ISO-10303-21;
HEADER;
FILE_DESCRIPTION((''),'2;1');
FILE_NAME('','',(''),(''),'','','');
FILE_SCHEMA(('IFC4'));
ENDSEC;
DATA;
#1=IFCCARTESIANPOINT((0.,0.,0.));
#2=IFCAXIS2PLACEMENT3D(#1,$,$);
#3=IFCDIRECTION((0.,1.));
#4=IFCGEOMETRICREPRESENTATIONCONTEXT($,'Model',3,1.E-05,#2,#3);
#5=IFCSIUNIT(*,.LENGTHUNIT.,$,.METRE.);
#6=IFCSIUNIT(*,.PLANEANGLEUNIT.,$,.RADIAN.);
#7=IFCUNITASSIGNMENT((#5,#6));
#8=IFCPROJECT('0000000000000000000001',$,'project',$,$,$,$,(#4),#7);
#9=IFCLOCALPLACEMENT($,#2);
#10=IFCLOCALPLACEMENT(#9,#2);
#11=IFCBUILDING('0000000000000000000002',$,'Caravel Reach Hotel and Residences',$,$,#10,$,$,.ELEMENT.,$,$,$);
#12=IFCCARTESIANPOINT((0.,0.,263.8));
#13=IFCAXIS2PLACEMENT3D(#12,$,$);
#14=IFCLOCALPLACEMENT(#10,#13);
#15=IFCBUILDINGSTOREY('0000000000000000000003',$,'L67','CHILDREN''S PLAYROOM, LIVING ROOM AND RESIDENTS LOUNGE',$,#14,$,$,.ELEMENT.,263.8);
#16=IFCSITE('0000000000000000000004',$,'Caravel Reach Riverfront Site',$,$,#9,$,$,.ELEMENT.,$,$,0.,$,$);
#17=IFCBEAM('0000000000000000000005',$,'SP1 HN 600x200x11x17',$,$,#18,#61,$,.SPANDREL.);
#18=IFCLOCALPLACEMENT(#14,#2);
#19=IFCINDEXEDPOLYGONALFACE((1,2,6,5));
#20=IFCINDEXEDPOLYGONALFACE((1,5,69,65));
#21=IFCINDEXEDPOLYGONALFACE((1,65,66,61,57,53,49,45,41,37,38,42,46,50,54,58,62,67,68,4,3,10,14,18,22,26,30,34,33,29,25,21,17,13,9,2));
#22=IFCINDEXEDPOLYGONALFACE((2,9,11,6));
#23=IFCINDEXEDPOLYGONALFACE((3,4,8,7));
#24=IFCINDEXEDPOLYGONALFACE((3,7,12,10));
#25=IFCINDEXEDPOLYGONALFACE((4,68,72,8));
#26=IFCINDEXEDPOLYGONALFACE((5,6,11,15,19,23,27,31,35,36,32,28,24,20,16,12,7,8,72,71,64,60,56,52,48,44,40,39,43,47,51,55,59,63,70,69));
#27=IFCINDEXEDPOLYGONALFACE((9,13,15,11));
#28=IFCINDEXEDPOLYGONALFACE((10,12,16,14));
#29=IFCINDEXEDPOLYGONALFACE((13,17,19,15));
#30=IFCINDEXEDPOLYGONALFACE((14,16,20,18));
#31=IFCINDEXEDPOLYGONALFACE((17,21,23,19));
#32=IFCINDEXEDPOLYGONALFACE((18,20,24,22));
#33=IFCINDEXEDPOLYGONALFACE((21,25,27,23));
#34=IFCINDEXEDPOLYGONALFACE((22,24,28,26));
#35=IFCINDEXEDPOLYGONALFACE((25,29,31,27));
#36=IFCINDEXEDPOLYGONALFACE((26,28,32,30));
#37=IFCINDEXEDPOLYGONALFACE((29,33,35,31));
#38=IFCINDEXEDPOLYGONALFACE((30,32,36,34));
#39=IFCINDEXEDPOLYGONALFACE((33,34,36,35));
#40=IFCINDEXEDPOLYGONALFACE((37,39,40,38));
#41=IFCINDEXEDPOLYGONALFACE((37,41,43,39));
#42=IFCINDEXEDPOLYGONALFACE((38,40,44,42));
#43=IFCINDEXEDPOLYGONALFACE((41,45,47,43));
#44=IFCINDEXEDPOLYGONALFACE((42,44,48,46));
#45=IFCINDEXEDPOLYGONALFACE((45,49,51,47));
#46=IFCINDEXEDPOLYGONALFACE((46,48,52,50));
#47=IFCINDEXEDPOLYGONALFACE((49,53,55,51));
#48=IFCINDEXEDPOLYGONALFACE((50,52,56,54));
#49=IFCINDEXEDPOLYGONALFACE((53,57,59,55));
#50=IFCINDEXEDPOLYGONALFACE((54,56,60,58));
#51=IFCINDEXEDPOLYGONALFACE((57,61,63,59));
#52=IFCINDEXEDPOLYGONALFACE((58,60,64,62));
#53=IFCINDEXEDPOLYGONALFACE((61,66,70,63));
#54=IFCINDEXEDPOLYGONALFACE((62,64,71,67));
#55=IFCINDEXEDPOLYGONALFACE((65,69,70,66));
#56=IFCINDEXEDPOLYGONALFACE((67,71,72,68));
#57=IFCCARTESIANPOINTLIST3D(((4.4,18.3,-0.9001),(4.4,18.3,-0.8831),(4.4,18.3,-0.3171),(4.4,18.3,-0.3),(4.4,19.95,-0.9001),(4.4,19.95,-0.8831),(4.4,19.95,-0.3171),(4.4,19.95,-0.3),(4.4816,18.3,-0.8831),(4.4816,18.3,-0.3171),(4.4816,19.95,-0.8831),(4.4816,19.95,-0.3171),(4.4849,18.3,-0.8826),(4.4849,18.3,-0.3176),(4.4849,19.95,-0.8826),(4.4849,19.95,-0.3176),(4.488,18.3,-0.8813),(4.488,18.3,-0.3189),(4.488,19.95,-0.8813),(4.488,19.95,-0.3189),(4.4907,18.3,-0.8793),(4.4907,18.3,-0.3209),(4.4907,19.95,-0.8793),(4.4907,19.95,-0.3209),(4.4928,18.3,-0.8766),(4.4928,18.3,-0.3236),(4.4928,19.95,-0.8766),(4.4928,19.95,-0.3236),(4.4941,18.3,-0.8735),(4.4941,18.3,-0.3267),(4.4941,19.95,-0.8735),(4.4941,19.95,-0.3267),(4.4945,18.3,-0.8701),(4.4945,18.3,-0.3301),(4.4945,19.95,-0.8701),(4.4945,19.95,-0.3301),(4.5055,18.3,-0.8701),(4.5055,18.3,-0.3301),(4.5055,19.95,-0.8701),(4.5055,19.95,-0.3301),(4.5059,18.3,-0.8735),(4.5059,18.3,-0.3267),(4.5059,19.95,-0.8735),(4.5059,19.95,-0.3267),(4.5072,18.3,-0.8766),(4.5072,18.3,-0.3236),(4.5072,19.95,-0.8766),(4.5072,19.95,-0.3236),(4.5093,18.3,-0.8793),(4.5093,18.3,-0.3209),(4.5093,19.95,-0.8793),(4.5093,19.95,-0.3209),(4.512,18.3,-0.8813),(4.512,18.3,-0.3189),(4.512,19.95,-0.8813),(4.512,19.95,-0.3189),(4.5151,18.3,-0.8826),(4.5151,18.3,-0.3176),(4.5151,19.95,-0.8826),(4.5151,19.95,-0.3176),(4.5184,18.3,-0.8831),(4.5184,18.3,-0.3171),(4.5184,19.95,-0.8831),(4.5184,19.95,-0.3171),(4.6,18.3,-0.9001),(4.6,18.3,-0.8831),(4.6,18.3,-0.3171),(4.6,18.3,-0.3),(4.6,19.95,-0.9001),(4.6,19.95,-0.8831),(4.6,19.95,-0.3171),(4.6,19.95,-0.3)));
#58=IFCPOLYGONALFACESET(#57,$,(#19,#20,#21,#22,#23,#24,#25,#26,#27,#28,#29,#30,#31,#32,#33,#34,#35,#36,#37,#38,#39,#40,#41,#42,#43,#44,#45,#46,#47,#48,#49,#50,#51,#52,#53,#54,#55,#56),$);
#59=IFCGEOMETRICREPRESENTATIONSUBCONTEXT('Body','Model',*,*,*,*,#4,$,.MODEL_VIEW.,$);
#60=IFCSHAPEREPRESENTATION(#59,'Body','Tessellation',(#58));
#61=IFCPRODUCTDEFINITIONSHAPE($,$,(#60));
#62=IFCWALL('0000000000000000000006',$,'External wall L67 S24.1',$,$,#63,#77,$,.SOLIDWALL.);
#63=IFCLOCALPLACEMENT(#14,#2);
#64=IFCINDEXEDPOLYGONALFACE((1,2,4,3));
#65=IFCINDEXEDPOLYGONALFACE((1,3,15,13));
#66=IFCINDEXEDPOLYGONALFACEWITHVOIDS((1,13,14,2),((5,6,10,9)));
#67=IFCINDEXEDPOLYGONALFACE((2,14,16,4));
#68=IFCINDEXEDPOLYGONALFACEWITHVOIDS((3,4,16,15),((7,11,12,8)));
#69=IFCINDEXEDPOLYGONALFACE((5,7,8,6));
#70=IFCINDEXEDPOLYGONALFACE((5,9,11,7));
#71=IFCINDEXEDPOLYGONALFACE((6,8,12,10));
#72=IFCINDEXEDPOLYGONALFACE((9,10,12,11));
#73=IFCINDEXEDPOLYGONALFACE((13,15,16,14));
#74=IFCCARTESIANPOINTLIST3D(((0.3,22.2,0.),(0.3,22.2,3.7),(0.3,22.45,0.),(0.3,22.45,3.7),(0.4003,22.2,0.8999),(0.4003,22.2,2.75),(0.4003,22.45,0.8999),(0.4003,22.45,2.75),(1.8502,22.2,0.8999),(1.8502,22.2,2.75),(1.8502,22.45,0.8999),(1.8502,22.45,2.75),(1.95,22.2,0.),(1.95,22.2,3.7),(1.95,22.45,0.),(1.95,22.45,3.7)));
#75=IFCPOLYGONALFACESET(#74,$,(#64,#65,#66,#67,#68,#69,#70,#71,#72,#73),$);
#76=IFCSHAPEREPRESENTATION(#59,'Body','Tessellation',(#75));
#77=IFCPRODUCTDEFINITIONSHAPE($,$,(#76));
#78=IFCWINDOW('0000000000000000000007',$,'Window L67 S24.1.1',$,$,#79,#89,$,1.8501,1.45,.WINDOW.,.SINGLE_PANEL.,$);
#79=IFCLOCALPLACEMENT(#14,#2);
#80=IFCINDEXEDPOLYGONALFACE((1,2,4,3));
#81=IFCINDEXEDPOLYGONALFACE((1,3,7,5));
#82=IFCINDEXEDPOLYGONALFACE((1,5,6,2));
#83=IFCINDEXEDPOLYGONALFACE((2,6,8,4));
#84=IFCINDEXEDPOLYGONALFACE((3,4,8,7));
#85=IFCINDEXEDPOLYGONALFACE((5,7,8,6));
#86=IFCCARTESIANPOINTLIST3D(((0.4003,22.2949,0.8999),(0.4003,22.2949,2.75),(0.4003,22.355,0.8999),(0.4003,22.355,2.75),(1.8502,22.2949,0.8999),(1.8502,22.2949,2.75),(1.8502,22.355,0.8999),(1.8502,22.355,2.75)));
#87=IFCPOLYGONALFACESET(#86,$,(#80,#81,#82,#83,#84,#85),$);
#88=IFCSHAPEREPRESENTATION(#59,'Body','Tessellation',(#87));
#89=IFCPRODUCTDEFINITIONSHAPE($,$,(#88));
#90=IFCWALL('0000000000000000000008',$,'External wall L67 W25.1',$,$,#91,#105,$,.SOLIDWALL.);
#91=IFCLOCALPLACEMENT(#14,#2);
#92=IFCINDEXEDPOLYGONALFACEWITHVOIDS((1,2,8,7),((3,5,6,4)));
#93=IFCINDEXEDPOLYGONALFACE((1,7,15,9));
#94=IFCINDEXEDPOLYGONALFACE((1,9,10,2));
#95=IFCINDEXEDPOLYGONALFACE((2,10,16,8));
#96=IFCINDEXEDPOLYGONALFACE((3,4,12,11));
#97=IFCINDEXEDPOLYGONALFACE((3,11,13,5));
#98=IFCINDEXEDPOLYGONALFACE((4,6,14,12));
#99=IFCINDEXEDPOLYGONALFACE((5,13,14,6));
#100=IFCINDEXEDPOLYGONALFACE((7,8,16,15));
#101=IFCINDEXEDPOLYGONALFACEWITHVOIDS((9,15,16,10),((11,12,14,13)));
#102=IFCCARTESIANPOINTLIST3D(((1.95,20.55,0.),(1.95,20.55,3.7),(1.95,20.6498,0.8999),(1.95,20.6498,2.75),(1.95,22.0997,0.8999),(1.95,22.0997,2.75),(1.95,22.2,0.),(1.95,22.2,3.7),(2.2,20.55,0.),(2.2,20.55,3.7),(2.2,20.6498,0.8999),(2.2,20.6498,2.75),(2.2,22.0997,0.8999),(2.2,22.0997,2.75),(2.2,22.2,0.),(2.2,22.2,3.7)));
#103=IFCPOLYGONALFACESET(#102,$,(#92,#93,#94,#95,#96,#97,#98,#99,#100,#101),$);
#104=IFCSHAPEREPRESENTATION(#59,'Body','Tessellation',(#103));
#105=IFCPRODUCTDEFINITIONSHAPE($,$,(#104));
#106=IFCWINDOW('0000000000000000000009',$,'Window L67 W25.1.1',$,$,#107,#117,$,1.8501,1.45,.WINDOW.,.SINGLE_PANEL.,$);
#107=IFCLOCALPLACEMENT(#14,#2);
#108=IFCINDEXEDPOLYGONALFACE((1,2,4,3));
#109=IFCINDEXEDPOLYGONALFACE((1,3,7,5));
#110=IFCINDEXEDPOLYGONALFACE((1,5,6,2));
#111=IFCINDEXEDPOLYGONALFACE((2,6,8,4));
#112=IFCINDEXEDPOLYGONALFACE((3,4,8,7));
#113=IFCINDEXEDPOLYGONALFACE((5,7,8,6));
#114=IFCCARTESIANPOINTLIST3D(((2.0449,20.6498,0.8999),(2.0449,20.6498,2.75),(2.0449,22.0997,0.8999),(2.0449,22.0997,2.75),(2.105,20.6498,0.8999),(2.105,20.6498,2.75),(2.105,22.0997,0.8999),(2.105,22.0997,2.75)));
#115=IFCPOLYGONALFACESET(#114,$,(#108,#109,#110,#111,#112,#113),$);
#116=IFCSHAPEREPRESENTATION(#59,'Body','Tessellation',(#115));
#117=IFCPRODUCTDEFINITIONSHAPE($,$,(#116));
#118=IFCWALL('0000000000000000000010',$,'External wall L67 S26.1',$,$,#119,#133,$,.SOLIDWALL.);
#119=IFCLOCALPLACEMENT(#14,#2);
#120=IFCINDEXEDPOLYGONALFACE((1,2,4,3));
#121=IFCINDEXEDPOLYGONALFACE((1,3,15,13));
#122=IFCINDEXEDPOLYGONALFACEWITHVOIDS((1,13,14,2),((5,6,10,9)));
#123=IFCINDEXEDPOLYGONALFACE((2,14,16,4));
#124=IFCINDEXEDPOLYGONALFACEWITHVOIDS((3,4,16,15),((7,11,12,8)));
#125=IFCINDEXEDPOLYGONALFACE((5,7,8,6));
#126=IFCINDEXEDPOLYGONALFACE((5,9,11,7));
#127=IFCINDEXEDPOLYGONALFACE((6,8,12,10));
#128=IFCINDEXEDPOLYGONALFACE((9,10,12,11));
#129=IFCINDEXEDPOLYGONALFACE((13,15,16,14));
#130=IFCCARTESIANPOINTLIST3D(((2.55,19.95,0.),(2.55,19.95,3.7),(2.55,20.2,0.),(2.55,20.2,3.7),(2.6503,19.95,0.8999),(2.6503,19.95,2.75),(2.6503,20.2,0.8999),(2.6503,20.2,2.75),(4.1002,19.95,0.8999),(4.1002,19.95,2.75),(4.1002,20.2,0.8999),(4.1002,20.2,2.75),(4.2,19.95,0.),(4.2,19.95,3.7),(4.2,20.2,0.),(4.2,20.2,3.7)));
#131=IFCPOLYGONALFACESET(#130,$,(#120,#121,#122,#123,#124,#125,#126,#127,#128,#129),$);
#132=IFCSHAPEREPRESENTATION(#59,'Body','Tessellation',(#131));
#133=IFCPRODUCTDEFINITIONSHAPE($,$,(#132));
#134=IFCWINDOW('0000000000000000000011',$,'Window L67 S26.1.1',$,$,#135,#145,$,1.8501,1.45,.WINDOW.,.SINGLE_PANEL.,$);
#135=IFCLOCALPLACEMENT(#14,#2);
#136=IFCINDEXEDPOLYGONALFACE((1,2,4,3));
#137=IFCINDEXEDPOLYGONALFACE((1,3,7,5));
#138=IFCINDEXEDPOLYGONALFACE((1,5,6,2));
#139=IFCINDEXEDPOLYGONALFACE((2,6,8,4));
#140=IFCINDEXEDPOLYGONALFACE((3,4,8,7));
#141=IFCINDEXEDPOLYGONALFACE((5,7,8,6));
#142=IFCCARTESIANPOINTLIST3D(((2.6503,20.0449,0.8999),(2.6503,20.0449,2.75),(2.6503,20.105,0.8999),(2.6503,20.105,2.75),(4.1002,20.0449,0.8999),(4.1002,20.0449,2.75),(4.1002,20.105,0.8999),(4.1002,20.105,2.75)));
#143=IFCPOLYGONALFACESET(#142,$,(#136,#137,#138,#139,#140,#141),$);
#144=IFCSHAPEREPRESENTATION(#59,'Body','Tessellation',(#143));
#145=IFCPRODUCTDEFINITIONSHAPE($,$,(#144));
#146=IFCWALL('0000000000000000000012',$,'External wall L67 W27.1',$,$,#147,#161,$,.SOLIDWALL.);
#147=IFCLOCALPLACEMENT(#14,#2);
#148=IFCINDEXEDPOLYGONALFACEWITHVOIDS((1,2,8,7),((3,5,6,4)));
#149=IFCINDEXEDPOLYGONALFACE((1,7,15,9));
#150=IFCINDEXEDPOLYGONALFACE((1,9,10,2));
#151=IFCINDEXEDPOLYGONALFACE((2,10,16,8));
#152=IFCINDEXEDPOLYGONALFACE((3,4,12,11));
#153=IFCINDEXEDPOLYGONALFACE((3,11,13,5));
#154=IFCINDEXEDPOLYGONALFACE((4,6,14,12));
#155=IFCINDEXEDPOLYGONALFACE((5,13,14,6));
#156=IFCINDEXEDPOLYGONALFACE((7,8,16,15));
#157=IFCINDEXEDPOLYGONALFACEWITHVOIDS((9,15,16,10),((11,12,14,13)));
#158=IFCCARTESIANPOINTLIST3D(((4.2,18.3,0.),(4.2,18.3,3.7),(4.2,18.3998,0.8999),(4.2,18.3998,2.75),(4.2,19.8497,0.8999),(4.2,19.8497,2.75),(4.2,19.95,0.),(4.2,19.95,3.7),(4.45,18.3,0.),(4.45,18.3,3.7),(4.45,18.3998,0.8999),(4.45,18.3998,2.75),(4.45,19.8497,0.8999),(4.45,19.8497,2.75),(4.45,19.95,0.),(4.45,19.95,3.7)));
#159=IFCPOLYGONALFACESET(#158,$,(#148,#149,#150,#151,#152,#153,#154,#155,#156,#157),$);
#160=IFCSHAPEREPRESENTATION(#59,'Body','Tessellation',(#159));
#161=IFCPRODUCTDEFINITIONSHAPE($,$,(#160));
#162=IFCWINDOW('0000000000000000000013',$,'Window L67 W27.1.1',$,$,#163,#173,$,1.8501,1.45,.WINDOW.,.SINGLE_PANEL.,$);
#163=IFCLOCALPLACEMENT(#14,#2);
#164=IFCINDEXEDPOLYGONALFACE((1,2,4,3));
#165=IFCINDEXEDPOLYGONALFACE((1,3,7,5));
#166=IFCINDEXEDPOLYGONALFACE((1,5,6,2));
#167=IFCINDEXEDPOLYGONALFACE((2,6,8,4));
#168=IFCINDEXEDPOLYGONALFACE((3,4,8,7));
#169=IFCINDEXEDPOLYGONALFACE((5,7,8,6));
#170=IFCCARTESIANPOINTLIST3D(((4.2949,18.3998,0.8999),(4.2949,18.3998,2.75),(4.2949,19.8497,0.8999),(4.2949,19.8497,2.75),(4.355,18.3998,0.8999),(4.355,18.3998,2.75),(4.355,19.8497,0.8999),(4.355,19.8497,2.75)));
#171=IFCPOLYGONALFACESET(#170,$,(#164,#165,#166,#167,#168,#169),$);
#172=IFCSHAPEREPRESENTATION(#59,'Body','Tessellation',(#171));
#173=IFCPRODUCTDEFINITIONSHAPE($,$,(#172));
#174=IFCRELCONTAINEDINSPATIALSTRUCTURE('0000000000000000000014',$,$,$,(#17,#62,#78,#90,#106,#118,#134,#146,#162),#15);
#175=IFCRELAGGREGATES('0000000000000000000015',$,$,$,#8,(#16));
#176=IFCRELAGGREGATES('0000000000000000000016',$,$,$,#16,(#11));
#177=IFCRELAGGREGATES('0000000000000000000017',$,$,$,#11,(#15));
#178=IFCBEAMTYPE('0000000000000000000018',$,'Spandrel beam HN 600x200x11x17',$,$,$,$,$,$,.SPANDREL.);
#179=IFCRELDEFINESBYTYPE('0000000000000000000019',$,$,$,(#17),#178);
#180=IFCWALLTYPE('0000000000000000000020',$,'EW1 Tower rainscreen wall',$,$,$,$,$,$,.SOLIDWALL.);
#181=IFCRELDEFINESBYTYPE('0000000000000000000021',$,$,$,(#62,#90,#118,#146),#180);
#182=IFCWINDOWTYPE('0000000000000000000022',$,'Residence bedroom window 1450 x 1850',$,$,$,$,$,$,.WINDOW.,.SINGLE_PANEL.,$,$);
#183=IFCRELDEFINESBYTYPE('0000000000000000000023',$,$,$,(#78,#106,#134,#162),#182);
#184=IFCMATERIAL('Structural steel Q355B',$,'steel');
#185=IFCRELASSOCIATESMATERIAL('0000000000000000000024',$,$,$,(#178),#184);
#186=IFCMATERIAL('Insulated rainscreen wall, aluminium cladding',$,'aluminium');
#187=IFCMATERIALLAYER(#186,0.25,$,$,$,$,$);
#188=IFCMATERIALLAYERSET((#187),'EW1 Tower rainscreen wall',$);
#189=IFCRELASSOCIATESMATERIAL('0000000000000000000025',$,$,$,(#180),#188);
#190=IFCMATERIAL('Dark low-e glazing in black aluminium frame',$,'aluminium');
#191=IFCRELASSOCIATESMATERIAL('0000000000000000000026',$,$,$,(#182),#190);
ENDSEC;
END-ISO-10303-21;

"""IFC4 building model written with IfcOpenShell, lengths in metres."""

from ifc_helpers import new_model, si_unit, direction, frame, frame_2d, origin, origin_2d, place, context, subcontext, project, spatial, rectangle, i_section, extrude, material, layer, layer_set, material_profile, profile_set, type_object, element, fill, save


model = new_model("IFC4")

# Units and contexts
model_context = context("Model", 3, precision=1e-05, world=origin(), true_north=direction((0.0, 1.0)))
body_context = subcontext(model_context, "Body", "Model", "MODEL_VIEW")
ifc_project = project(units=[si_unit("LENGTHUNIT", "METRE"), si_unit("PLANEANGLEUNIT", "RADIAN")], contexts=[model_context])

# Site, building, storey
site_placement = place(None, origin())
site = spatial("IfcSite", under=ifc_project, at=site_placement, Name="Caravel Reach Riverfront Site", CompositionType="ELEMENT", RefElevation=0.0)
building_placement = place(site_placement, origin())
building = spatial("IfcBuilding", under=site, at=building_placement, Name="Caravel Reach Hotel and Residences", CompositionType="ELEMENT")
storey_placement = place(building_placement, frame((0.0, 0.0, 263.8)))
storey = spatial("IfcBuildingStorey", under=building, at=storey_placement, Name="L67", Description="CHILDREN'S PLAYROOM, LIVING ROOM AND RESIDENTS LOUNGE", CompositionType="ELEMENT", Elevation=263.8)

# Beam
ifc_material_1 = material(Name="Structural steel Q355B", Category="steel")
ifc_material_profile_1 = material_profile(ifc_material_1, i_section(OverallWidth=0.2, OverallDepth=0.6001, WebThickness=0.011, FlangeThickness=0.0171, FilletRadius=0.0129, at=origin_2d()), Name="HN 600x200x11x17")
ifc_profile_set_1 = profile_set([ifc_material_profile_1], Name="Structural steel Q355B")
beam_type = type_object("IfcBeamType", Name="Spandrel beam HN 600x200x11x17", PredefinedType="SPANDREL", material=ifc_profile_set_1)
for number, where, z_axis, x_axis, name in (
    (1, (4.5, 19.95, -0.6001), (0.0, -1.0, 0.0), (1.0, 0.0, 0.0), "SP1 HN 600x200x11x17"),
):
    element("IfcBeam", number, at=place(storey_placement, frame(where, z_axis=z_axis, x_axis=x_axis)), inside=storey, type_object=beam_type, Name=name, PredefinedType="SPANDREL", context=body_context, shape_type="SweptSolid", body=[
        extrude(i_section(OverallWidth=0.2, OverallDepth=0.6001, WebThickness=0.011, FlangeThickness=0.0171, FilletRadius=0.0129, at=origin_2d()), origin(), (0.0, 0.0, 1.0), 1.6499),
    ])

# Walls, openings, windows
ifc_material_2 = material(Name="Insulated rainscreen wall, aluminium cladding", Category="aluminium")
ifc_layer_1 = layer(ifc_material_2, 0.25)
ifc_layer_set_1 = layer_set([ifc_layer_1], Name="EW1 Tower rainscreen wall")
wall_type_1 = type_object("IfcWallType", Name="EW1 Tower rainscreen wall", PredefinedType="SOLIDWALL", material=ifc_layer_set_1)
wall_1_placement = place(storey_placement, frame((0.3, 22.325, 0.0), z_axis=(0.0, 0.0, 1.0), x_axis=(1.0, 0.0, 0.0)))
wall_1 = element("IfcWall", 2, at=wall_1_placement, inside=storey, type_object=wall_type_1, Name="External wall L67 S24.1", PredefinedType="SOLIDWALL", context=body_context, shape_type="SweptSolid", body=[
    extrude(rectangle(XDim=1.6499, YDim=0.25, at=frame_2d((0.825, 0.0))), origin(), (0.0, 0.0, 1.0), 3.7),
])
opening_1_placement = place(wall_1_placement, frame((0.1001, 0.0, 0.8999)))
opening_1 = element("IfcOpeningElement", 3, at=opening_1_placement, cuts=wall_1, PredefinedType="OPENING", context=body_context, shape_type="SweptSolid", body=[
    extrude(rectangle(XDim=1.45, YDim=1.8501, at=frame_2d((0.7251, 0.925))), frame((0.0, 0.135, 0.0), z_axis=(0.0, -1.0, 0.0), x_axis=(1.0, 0.0, 0.0)), (0.0, 0.0, 1.0), 0.27),
])
ifc_material_3 = material(Name="Dark low-e glazing in black aluminium frame", Category="aluminium")
window_type = type_object("IfcWindowType", Name="Residence bedroom window 1450 x 1850", PartitioningType="SINGLE_PANEL", PredefinedType="WINDOW", material=ifc_material_3)
window_1_placement = place(opening_1_placement, origin())
window_1 = element("IfcWindow", 4, at=window_1_placement, inside=storey, type_object=window_type, Name="Window L67 S24.1.1", OverallHeight=1.8501, OverallWidth=1.45, PartitioningType="SINGLE_PANEL", PredefinedType="WINDOW", context=body_context, shape_type="SweptSolid", body=[
    extrude(rectangle(XDim=1.45, YDim=1.8501, at=frame_2d((0.7251, 0.925))), frame((0.0, 0.03, 0.0), z_axis=(0.0, -1.0, 0.0), x_axis=(1.0, 0.0, 0.0)), (0.0, 0.0, 1.0), 0.0601),
])
fill(opening_1, window_1)
wall_2_placement = place(storey_placement, frame((2.075, 22.2, 0.0), z_axis=(0.0, 0.0, 1.0), x_axis=(0.0, -1.0, 0.0)))
wall_2 = element("IfcWall", 5, at=wall_2_placement, inside=storey, type_object=wall_type_1, Name="External wall L67 W25.1", PredefinedType="SOLIDWALL", context=body_context, shape_type="SweptSolid", body=[
    extrude(rectangle(XDim=1.6499, YDim=0.25, at=frame_2d((0.825, 0.0))), origin(), (0.0, 0.0, 1.0), 3.7),
])
opening_2_placement = place(wall_2_placement, frame((0.1001, 0.0, 0.8999)))
opening_2 = element("IfcOpeningElement", 6, at=opening_2_placement, cuts=wall_2, PredefinedType="OPENING", context=body_context, shape_type="SweptSolid", body=[
    extrude(rectangle(XDim=1.45, YDim=1.8501, at=frame_2d((0.7251, 0.925))), frame((0.0, 0.135, 0.0), z_axis=(0.0, -1.0, 0.0), x_axis=(1.0, 0.0, 0.0)), (0.0, 0.0, 1.0), 0.27),
])
window_2_placement = place(opening_2_placement, origin())
window_2 = element("IfcWindow", 7, at=window_2_placement, inside=storey, type_object=window_type, Name="Window L67 W25.1.1", OverallHeight=1.8501, OverallWidth=1.45, PartitioningType="SINGLE_PANEL", PredefinedType="WINDOW", context=body_context, shape_type="SweptSolid", body=[
    extrude(rectangle(XDim=1.45, YDim=1.8501, at=frame_2d((0.7251, 0.925))), frame((0.0, 0.03, 0.0), z_axis=(0.0, -1.0, 0.0), x_axis=(1.0, 0.0, 0.0)), (0.0, 0.0, 1.0), 0.0601),
])
fill(opening_2, window_2)
wall_3_placement = place(storey_placement, frame((2.55, 20.075, 0.0), z_axis=(0.0, 0.0, 1.0), x_axis=(1.0, 0.0, 0.0)))
wall_3 = element("IfcWall", 8, at=wall_3_placement, inside=storey, type_object=wall_type_1, Name="External wall L67 S26.1", PredefinedType="SOLIDWALL", context=body_context, shape_type="SweptSolid", body=[
    extrude(rectangle(XDim=1.6499, YDim=0.25, at=frame_2d((0.825, 0.0))), origin(), (0.0, 0.0, 1.0), 3.7),
])
opening_3_placement = place(wall_3_placement, frame((0.1001, 0.0, 0.8999)))
opening_3 = element("IfcOpeningElement", 9, at=opening_3_placement, cuts=wall_3, PredefinedType="OPENING", context=body_context, shape_type="SweptSolid", body=[
    extrude(rectangle(XDim=1.45, YDim=1.8501, at=frame_2d((0.7251, 0.925))), frame((0.0, 0.135, 0.0), z_axis=(0.0, -1.0, 0.0), x_axis=(1.0, 0.0, 0.0)), (0.0, 0.0, 1.0), 0.27),
])
window_3_placement = place(opening_3_placement, origin())
window_3 = element("IfcWindow", 10, at=window_3_placement, inside=storey, type_object=window_type, Name="Window L67 S26.1.1", OverallHeight=1.8501, OverallWidth=1.45, PartitioningType="SINGLE_PANEL", PredefinedType="WINDOW", context=body_context, shape_type="SweptSolid", body=[
    extrude(rectangle(XDim=1.45, YDim=1.8501, at=frame_2d((0.7251, 0.925))), frame((0.0, 0.03, 0.0), z_axis=(0.0, -1.0, 0.0), x_axis=(1.0, 0.0, 0.0)), (0.0, 0.0, 1.0), 0.0601),
])
fill(opening_3, window_3)
wall_4_placement = place(storey_placement, frame((4.325, 19.95, 0.0), z_axis=(0.0, 0.0, 1.0), x_axis=(0.0, -1.0, 0.0)))
wall_4 = element("IfcWall", 11, at=wall_4_placement, inside=storey, type_object=wall_type_1, Name="External wall L67 W27.1", PredefinedType="SOLIDWALL", context=body_context, shape_type="SweptSolid", body=[
    extrude(rectangle(XDim=1.6499, YDim=0.25, at=frame_2d((0.825, 0.0))), origin(), (0.0, 0.0, 1.0), 3.7),
])
opening_4_placement = place(wall_4_placement, frame((0.1001, 0.0, 0.8999)))
opening_4 = element("IfcOpeningElement", 12, at=opening_4_placement, cuts=wall_4, PredefinedType="OPENING", context=body_context, shape_type="SweptSolid", body=[
    extrude(rectangle(XDim=1.45, YDim=1.8501, at=frame_2d((0.7251, 0.925))), frame((0.0, 0.135, 0.0), z_axis=(0.0, -1.0, 0.0), x_axis=(1.0, 0.0, 0.0)), (0.0, 0.0, 1.0), 0.27),
])
window_4_placement = place(opening_4_placement, origin())
window_4 = element("IfcWindow", 13, at=window_4_placement, inside=storey, type_object=window_type, Name="Window L67 W27.1.1", OverallHeight=1.8501, OverallWidth=1.45, PartitioningType="SINGLE_PANEL", PredefinedType="WINDOW", context=body_context, shape_type="SweptSolid", body=[
    extrude(rectangle(XDim=1.45, YDim=1.8501, at=frame_2d((0.7251, 0.925))), frame((0.0, 0.03, 0.0), z_axis=(0.0, -1.0, 0.0), x_axis=(1.0, 0.0, 0.0)), (0.0, 0.0, 1.0), 0.0601),
])
fill(opening_4, window_4)

save(model, "model.ifc")
